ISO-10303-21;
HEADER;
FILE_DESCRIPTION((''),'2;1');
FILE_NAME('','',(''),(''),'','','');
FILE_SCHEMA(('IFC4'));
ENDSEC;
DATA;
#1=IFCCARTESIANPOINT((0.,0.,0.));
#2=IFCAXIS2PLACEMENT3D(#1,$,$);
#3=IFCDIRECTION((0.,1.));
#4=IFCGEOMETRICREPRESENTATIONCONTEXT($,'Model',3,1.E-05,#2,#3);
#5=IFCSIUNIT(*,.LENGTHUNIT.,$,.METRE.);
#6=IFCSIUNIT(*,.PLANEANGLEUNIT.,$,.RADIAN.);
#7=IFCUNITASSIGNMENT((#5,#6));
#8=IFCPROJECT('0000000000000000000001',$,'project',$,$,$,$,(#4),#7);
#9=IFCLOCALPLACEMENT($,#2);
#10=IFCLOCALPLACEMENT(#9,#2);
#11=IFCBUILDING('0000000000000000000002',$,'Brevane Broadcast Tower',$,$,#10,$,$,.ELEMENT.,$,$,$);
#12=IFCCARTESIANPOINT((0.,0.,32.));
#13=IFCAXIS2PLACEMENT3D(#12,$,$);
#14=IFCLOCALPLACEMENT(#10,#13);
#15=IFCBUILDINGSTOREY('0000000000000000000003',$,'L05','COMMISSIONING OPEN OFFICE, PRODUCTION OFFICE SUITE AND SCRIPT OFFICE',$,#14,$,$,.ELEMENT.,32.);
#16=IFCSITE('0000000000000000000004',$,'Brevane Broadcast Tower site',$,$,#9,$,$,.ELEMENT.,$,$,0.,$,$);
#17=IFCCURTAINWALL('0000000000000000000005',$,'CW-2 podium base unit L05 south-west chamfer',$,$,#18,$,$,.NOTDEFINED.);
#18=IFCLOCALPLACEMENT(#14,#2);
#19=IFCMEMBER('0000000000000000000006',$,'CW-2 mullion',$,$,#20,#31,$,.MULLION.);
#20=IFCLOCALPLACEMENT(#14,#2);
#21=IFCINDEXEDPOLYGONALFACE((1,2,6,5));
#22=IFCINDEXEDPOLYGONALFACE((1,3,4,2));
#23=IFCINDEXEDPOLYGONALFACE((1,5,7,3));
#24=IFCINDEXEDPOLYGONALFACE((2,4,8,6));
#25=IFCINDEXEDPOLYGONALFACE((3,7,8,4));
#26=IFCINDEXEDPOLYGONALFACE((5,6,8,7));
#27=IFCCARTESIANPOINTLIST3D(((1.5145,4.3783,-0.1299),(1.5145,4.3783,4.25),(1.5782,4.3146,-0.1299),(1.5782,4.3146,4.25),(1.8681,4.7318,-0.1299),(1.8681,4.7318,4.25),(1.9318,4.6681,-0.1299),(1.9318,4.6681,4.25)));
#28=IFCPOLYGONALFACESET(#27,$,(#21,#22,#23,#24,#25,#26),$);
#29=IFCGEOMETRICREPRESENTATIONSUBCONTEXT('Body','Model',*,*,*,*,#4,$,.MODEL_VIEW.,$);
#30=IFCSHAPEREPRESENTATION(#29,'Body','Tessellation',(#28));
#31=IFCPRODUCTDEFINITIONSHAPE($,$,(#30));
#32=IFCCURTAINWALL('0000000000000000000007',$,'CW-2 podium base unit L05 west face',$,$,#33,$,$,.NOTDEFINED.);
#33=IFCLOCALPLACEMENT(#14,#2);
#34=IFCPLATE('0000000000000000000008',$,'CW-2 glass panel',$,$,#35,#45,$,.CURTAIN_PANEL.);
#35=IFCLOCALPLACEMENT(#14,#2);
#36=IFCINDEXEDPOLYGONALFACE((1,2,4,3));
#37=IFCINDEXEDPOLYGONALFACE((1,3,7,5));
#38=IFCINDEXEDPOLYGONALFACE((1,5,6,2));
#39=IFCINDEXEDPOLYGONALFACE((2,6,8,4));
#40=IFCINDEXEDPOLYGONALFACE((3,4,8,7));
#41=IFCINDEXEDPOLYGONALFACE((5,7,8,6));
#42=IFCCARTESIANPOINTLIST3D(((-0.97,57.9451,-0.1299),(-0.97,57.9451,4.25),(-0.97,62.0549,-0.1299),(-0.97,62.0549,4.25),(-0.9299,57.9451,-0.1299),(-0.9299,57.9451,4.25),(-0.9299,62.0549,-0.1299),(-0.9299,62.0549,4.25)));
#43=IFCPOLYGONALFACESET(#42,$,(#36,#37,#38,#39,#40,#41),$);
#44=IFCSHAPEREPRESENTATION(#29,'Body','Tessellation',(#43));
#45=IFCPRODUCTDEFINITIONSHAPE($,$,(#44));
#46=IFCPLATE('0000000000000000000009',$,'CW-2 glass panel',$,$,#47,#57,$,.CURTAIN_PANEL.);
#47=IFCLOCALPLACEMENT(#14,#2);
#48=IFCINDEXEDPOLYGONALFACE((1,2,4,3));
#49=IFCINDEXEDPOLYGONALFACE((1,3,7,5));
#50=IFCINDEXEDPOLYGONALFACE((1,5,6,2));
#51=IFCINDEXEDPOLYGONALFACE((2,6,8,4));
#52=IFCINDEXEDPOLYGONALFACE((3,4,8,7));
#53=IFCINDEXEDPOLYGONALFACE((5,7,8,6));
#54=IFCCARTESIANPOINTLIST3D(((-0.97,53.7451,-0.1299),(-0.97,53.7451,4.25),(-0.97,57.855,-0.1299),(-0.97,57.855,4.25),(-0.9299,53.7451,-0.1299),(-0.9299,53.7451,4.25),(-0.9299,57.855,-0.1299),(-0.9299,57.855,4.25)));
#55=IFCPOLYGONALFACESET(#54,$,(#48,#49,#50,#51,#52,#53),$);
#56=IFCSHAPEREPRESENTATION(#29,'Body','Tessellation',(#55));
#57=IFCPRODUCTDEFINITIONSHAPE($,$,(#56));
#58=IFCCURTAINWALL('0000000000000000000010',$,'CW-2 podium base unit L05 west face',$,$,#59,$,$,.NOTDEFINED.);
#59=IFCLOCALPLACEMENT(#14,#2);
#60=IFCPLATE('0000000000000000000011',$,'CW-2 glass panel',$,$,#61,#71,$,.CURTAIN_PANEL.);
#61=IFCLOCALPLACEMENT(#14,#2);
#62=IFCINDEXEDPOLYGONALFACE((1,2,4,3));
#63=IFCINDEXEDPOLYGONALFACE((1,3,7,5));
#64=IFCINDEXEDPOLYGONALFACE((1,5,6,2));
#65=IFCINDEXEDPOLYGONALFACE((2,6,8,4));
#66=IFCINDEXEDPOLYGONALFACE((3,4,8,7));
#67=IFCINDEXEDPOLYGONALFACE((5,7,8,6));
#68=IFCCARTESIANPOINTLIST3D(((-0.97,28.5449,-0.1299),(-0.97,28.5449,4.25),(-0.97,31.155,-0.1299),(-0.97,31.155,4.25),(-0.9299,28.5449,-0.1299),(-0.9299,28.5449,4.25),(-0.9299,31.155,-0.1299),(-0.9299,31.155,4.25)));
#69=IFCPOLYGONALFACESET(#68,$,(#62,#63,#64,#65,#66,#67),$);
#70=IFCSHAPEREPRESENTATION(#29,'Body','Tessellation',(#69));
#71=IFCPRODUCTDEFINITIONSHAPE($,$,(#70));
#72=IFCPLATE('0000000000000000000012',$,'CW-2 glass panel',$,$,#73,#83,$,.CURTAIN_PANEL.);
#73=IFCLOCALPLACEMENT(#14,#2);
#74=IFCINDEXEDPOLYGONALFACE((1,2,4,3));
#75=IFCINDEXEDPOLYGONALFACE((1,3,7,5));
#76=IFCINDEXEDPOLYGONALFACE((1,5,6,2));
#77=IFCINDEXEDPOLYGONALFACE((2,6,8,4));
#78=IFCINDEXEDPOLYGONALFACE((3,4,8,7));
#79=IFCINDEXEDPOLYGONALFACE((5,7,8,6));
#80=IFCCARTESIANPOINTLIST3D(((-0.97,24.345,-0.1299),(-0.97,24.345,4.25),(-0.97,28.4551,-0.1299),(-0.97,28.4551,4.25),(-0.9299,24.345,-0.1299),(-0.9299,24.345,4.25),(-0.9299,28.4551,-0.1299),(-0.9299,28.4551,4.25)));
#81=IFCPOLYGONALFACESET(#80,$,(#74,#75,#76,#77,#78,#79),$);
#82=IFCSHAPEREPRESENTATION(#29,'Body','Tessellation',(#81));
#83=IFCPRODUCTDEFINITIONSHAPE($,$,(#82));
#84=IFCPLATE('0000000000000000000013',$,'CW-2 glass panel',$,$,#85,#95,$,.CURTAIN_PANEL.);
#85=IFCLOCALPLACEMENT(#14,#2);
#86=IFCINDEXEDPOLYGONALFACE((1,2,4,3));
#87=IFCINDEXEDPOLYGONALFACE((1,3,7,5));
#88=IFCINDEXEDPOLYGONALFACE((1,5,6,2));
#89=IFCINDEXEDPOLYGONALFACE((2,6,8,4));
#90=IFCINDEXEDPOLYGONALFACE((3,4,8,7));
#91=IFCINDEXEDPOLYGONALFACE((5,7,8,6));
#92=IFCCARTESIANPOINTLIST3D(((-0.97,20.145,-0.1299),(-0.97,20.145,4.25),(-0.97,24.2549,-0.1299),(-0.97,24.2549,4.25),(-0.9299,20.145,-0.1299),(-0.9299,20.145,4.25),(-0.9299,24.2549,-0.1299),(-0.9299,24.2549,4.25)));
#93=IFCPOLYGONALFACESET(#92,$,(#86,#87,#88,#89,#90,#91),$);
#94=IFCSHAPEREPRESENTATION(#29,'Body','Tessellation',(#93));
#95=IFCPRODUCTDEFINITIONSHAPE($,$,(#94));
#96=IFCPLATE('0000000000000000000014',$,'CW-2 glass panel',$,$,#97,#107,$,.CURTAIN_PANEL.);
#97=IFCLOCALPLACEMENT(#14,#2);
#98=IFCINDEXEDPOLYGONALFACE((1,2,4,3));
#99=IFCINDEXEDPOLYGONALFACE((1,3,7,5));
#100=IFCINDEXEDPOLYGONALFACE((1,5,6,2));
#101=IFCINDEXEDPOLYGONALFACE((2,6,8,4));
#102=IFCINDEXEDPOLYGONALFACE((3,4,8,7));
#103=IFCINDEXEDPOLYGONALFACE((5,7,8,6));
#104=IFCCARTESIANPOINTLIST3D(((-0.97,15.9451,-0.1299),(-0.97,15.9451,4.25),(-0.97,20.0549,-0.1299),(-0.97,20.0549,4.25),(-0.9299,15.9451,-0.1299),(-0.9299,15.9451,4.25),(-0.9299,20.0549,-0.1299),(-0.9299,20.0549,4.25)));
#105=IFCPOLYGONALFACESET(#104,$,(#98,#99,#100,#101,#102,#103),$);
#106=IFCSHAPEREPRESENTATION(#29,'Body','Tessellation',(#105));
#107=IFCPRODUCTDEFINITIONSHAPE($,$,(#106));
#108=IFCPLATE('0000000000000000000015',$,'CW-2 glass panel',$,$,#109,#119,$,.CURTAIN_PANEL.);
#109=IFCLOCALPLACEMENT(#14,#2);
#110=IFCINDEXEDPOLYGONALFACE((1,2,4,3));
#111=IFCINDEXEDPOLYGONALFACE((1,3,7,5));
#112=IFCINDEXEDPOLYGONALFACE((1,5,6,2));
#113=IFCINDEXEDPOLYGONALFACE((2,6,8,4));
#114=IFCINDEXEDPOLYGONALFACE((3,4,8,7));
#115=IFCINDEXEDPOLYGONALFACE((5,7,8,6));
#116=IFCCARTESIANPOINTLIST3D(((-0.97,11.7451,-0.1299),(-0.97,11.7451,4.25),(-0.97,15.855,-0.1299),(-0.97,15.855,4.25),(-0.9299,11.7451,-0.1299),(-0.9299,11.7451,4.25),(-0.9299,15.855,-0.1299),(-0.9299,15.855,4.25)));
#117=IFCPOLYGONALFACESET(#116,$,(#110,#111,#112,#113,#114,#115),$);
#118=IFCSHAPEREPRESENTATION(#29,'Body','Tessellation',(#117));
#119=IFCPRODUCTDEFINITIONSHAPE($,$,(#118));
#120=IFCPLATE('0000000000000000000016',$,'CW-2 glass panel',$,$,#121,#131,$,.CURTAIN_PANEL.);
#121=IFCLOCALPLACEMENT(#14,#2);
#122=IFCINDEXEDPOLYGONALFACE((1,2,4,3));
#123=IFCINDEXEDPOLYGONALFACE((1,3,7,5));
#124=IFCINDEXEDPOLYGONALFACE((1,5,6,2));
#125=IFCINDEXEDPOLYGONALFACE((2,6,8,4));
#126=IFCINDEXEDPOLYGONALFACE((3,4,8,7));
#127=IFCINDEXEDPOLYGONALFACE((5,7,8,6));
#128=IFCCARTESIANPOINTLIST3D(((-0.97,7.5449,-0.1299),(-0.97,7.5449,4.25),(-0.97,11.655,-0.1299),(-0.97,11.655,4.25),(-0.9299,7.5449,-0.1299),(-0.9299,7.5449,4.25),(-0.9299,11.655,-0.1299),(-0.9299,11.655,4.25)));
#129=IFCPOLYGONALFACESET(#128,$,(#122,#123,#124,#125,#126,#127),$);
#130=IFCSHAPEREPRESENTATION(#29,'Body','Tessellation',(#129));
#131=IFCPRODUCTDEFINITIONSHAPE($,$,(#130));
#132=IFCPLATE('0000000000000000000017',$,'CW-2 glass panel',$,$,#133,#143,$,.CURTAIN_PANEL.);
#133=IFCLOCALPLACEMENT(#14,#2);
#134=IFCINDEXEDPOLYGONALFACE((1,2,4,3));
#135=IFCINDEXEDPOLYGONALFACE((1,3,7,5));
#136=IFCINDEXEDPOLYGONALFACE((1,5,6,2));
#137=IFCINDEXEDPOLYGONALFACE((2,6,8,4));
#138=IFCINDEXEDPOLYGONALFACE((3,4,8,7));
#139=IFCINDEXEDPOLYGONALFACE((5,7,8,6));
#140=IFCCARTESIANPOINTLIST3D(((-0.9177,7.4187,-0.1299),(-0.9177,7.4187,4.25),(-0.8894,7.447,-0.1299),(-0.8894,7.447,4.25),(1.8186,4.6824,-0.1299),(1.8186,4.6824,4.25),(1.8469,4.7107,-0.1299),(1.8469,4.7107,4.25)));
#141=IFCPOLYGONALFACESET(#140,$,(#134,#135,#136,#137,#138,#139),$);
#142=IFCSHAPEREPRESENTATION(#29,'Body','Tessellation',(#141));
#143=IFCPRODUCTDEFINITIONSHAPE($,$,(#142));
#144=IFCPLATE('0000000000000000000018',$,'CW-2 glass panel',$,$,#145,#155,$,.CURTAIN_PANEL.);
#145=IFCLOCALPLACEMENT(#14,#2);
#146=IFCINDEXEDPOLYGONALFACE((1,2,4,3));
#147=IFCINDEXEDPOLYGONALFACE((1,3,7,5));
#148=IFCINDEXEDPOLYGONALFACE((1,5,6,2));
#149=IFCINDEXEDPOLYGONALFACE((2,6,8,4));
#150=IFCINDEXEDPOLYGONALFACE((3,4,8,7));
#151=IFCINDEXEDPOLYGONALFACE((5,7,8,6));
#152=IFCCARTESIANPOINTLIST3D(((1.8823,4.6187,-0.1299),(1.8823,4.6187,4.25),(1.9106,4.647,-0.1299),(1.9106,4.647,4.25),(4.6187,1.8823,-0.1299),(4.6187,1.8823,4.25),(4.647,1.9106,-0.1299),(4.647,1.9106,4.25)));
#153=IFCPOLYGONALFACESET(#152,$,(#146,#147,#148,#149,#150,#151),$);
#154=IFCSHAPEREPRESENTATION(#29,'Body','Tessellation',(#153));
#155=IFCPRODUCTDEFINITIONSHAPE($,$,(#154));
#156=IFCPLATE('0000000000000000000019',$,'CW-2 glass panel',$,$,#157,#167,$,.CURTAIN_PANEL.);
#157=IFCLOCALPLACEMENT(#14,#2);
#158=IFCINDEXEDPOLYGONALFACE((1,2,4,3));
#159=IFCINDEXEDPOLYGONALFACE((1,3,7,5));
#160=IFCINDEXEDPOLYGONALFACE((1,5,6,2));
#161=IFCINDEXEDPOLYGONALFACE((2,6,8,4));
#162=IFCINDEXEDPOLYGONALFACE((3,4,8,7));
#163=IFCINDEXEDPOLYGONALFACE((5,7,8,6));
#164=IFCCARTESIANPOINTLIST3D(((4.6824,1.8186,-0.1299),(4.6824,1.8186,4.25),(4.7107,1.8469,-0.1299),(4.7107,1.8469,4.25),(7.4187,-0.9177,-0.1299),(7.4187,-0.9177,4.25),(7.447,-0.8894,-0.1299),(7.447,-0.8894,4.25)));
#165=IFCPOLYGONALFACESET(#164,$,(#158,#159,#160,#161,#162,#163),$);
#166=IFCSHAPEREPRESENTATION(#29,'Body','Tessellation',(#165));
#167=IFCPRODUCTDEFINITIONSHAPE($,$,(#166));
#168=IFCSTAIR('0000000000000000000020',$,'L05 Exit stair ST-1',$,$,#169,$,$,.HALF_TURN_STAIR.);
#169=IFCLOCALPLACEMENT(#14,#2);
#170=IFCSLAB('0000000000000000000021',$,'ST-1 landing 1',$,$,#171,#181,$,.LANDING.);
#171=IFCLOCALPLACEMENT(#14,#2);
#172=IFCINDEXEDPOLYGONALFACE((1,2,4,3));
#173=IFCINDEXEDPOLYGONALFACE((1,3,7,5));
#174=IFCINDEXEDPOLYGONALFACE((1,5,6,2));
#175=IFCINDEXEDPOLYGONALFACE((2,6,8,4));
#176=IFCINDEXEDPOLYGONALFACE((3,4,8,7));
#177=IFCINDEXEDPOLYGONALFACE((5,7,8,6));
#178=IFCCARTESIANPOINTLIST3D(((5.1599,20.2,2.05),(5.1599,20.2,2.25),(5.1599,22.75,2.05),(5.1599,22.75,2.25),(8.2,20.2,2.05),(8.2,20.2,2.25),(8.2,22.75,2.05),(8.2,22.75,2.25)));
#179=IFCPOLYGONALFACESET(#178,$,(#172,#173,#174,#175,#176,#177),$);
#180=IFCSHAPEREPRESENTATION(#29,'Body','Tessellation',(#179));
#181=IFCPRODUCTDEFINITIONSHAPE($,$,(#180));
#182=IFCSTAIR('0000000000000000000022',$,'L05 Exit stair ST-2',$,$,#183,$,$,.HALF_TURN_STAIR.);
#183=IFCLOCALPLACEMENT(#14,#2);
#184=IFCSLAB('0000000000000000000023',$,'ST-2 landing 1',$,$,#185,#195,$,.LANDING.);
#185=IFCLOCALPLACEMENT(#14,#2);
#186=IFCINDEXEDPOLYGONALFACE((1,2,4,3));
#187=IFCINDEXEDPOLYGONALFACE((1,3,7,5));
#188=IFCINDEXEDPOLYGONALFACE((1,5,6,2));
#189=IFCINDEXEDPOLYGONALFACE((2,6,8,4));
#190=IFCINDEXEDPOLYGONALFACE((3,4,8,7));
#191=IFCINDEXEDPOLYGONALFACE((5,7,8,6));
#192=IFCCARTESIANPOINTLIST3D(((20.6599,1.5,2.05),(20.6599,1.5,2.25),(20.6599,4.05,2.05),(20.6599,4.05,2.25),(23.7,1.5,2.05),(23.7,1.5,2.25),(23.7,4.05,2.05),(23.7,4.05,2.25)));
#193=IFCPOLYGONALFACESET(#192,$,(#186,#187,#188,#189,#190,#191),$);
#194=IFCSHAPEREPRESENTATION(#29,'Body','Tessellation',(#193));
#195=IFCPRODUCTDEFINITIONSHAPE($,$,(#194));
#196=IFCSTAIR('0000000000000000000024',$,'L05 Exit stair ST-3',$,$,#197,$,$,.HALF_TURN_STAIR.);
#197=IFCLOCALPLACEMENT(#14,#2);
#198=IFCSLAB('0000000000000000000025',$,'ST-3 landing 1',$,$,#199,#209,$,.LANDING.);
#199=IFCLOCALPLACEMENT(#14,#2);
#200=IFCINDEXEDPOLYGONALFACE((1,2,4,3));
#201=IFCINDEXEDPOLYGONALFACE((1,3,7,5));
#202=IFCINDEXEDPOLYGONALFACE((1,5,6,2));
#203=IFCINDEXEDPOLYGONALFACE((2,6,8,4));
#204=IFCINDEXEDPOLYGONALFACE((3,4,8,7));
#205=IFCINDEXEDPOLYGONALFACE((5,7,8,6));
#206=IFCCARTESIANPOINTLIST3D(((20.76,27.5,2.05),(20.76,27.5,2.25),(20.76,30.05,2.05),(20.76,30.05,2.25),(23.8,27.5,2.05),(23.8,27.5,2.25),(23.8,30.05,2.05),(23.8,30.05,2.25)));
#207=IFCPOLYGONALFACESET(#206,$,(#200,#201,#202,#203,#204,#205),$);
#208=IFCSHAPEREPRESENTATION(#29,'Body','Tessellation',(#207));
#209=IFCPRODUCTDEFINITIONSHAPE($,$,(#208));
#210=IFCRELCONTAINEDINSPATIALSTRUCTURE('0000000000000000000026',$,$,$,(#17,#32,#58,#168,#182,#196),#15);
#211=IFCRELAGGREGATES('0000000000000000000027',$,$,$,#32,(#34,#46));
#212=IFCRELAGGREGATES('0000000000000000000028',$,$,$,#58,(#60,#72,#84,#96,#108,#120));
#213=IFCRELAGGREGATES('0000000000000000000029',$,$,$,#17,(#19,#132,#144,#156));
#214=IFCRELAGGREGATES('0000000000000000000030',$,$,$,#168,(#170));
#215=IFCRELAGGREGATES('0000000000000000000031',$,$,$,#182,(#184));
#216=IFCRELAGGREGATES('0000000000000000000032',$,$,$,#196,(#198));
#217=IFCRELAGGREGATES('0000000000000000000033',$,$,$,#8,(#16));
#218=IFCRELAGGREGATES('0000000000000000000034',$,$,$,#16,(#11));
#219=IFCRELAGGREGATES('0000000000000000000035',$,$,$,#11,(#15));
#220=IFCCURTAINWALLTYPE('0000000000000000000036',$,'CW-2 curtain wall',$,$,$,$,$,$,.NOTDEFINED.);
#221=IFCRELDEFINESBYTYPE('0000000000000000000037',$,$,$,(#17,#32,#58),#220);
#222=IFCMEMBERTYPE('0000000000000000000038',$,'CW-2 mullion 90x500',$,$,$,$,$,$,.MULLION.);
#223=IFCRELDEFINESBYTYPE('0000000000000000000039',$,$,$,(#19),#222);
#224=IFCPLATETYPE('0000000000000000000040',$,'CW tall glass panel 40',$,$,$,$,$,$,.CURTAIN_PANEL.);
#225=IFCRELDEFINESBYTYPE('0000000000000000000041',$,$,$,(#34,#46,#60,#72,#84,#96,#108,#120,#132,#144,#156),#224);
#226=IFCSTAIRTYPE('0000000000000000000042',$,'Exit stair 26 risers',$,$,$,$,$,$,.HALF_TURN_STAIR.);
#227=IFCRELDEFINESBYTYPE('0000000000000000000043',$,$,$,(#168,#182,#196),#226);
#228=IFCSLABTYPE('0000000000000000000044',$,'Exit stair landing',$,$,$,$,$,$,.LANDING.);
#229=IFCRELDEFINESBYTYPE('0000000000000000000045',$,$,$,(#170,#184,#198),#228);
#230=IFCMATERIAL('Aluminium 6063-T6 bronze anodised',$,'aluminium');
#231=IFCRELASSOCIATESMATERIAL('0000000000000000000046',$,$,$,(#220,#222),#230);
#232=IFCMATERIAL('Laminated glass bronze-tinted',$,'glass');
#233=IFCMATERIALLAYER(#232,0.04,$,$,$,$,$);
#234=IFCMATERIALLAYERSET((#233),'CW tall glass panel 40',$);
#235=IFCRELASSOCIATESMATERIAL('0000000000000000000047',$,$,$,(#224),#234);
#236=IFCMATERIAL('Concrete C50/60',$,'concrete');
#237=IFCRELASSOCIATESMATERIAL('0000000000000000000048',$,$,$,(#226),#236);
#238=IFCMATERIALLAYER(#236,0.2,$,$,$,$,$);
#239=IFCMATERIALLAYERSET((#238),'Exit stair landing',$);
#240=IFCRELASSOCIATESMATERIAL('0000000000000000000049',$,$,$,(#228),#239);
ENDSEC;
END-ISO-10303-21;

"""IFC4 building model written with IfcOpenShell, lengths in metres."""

from ifc_helpers import new_model, si_unit, direction, frame, origin, origin_2d, place, context, subcontext, project, spatial, polyline, rectangle, outline, extrude, material, layer, layer_set, material_profile, profile_set, type_object, element, aggregate, save


model = new_model("IFC4")

# Units and contexts
model_context = context("Model", 3, precision=1e-05, world=origin(), true_north=direction((0.0, 1.0)))
body_context = subcontext(model_context, "Body", "Model", "MODEL_VIEW")
ifc_project = project(units=[si_unit("LENGTHUNIT", "METRE"), si_unit("PLANEANGLEUNIT", "RADIAN")], contexts=[model_context])

# Site, building, storey
site_placement = place(None, origin())
site = spatial("IfcSite", under=ifc_project, at=site_placement, Name="Brevane Broadcast Tower site", CompositionType="ELEMENT", RefElevation=0.0)
building_placement = place(site_placement, origin())
building = spatial("IfcBuilding", under=site, at=building_placement, Name="Brevane Broadcast Tower", CompositionType="ELEMENT")
storey_placement = place(building_placement, frame((0.0, 0.0, 32.0)))
storey = spatial("IfcBuildingStorey", under=building, at=storey_placement, Name="L05", Description="COMMISSIONING OPEN OFFICE, PRODUCTION OFFICE SUITE AND SCRIPT OFFICE", CompositionType="ELEMENT", Elevation=32.0)

# Curtain wall, member
ifc_material_1 = material(Name="Aluminium 6063-T6 bronze anodised", Category="aluminium")
curtain_wall_type = type_object("IfcCurtainWallType", Name="CW-2 curtain wall", PredefinedType="NOTDEFINED", material=ifc_material_1)
curtain_wall_1_placement = place(storey_placement, origin())
curtain_wall_1 = element("IfcCurtainWall", 1, at=curtain_wall_1_placement, inside=storey, type_object=curtain_wall_type, Name="CW-2 podium base unit L05 south-west chamfer", PredefinedType="NOTDEFINED")
ifc_material_profile = material_profile(ifc_material_1, rectangle(XDim=0.5, YDim=0.0901, at=origin_2d()), Name="RECT 90x500")
ifc_profile_set = profile_set([ifc_material_profile], Name="Aluminium 6063-T6 bronze anodised")
member_type = type_object("IfcMemberType", Name="CW-2 mullion 90x500", PredefinedType="MULLION", material=ifc_profile_set)
member_placement = place(storey_placement, frame((1.7231, 4.5232, -0.1299), z_axis=(0.0, 0.0, 1.0), x_axis=(0.707107, 0.707107, 0.0)))
member = element("IfcMember", 2, at=member_placement, type_object=member_type, Name="CW-2 mullion", PredefinedType="MULLION", context=body_context, shape_type="SweptSolid", body=[
    extrude(rectangle(XDim=0.5, YDim=0.0901, at=origin_2d()), origin(), (0.0, 0.0, 1.0), 4.3799),
])

# Curtain walls, plates
curtain_wall_2_placement = place(storey_placement, origin())
curtain_wall_2 = element("IfcCurtainWall", 3, at=curtain_wall_2_placement, inside=storey, type_object=curtain_wall_type, Name="CW-2 podium base unit L05 west face", PredefinedType="NOTDEFINED")
ifc_material_2 = material(Name="Laminated glass bronze-tinted", Category="glass")
ifc_layer_1 = layer(ifc_material_2, 0.04)
ifc_layer_set_1 = layer_set([ifc_layer_1], Name="CW tall glass panel 40")
plate_type = type_object("IfcPlateType", Name="CW tall glass panel 40", PredefinedType="CURTAIN_PANEL", material=ifc_layer_set_1)
plate_1_placement = place(storey_placement, frame((0.0, 0.0, -0.1299)))
plate_1 = element("IfcPlate", 4, at=plate_1_placement, type_object=plate_type, Name="CW-2 glass panel", PredefinedType="CURTAIN_PANEL", context=body_context, shape_type="SweptSolid", body=[
    extrude(outline(polyline([(-0.97, 57.9451), (-0.9299, 57.9451), (-0.9299, 62.0549), (-0.97, 62.0549), (-0.97, 57.9451)])), origin(), (0.0, 0.0, 1.0), 4.3799),
])
plate_2_placement = place(storey_placement, frame((0.0, 0.0, -0.1299)))
plate_2 = element("IfcPlate", 5, at=plate_2_placement, type_object=plate_type, Name="CW-2 glass panel", PredefinedType="CURTAIN_PANEL", context=body_context, shape_type="SweptSolid", body=[
    extrude(outline(polyline([(-0.97, 53.7451), (-0.9299, 53.7451), (-0.9299, 57.855), (-0.97, 57.855), (-0.97, 53.7451)])), origin(), (0.0, 0.0, 1.0), 4.3799),
])
aggregate(curtain_wall_2, [plate_1, plate_2])
curtain_wall_3_placement = place(storey_placement, origin())
curtain_wall_3 = element("IfcCurtainWall", 6, at=curtain_wall_3_placement, inside=storey, type_object=curtain_wall_type, Name="CW-2 podium base unit L05 west face", PredefinedType="NOTDEFINED")
plate_3_placement = place(storey_placement, frame((0.0, 0.0, -0.1299)))
plate_3 = element("IfcPlate", 7, at=plate_3_placement, type_object=plate_type, Name="CW-2 glass panel", PredefinedType="CURTAIN_PANEL", context=body_context, shape_type="SweptSolid", body=[
    extrude(outline(polyline([(-0.97, 28.5449), (-0.9299, 28.5449), (-0.9299, 31.155), (-0.97, 31.155), (-0.97, 28.5449)])), origin(), (0.0, 0.0, 1.0), 4.3799),
])
plate_4_placement = place(storey_placement, frame((0.0, 0.0, -0.1299)))
plate_4 = element("IfcPlate", 8, at=plate_4_placement, type_object=plate_type, Name="CW-2 glass panel", PredefinedType="CURTAIN_PANEL", context=body_context, shape_type="SweptSolid", body=[
    extrude(outline(polyline([(-0.97, 24.345), (-0.9299, 24.345), (-0.9299, 28.4551), (-0.97, 28.4551), (-0.97, 24.345)])), origin(), (0.0, 0.0, 1.0), 4.3799),
])
plate_5_placement = place(storey_placement, frame((0.0, 0.0, -0.1299)))
plate_5 = element("IfcPlate", 9, at=plate_5_placement, type_object=plate_type, Name="CW-2 glass panel", PredefinedType="CURTAIN_PANEL", context=body_context, shape_type="SweptSolid", body=[
    extrude(outline(polyline([(-0.97, 20.145), (-0.9299, 20.145), (-0.9299, 24.2549), (-0.97, 24.2549), (-0.97, 20.145)])), origin(), (0.0, 0.0, 1.0), 4.3799),
])
plate_6_placement = place(storey_placement, frame((0.0, 0.0, -0.1299)))
plate_6 = element("IfcPlate", 10, at=plate_6_placement, type_object=plate_type, Name="CW-2 glass panel", PredefinedType="CURTAIN_PANEL", context=body_context, shape_type="SweptSolid", body=[
    extrude(outline(polyline([(-0.97, 15.9451), (-0.9299, 15.9451), (-0.9299, 20.0549), (-0.97, 20.0549), (-0.97, 15.9451)])), origin(), (0.0, 0.0, 1.0), 4.3799),
])
plate_7_placement = place(storey_placement, frame((0.0, 0.0, -0.1299)))
plate_7 = element("IfcPlate", 11, at=plate_7_placement, type_object=plate_type, Name="CW-2 glass panel", PredefinedType="CURTAIN_PANEL", context=body_context, shape_type="SweptSolid", body=[
    extrude(outline(polyline([(-0.97, 11.7451), (-0.9299, 11.7451), (-0.9299, 15.855), (-0.97, 15.855), (-0.97, 11.7451)])), origin(), (0.0, 0.0, 1.0), 4.3799),
])
plate_8_placement = place(storey_placement, frame((0.0, 0.0, -0.1299)))
plate_8 = element("IfcPlate", 12, at=plate_8_placement, type_object=plate_type, Name="CW-2 glass panel", PredefinedType="CURTAIN_PANEL", context=body_context, shape_type="SweptSolid", body=[
    extrude(outline(polyline([(-0.97, 7.5449), (-0.9299, 7.5449), (-0.9299, 11.655), (-0.97, 11.655), (-0.97, 7.5449)])), origin(), (0.0, 0.0, 1.0), 4.3799),
])
aggregate(curtain_wall_3, [plate_3, plate_4, plate_5, plate_6, plate_7, plate_8])

# Plates
plate_9_placement = place(storey_placement, frame((0.0, 0.0, -0.1299)))
plate_9 = element("IfcPlate", 13, at=plate_9_placement, type_object=plate_type, Name="CW-2 glass panel", PredefinedType="CURTAIN_PANEL", context=body_context, shape_type="SweptSolid", body=[
    extrude(outline(polyline([(-0.8894, 7.447), (1.8469, 4.7107), (1.8186, 4.6824), (-0.9177, 7.4187), (-0.8894, 7.447)])), origin(), (0.0, 0.0, 1.0), 4.3799),
])
plate_10_placement = place(storey_placement, frame((0.0, 0.0, -0.1299)))
plate_10 = element("IfcPlate", 14, at=plate_10_placement, type_object=plate_type, Name="CW-2 glass panel", PredefinedType="CURTAIN_PANEL", context=body_context, shape_type="SweptSolid", body=[
    extrude(outline(polyline([(1.9106, 4.647), (4.647, 1.9106), (4.6187, 1.8823), (1.8823, 4.6187), (1.9106, 4.647)])), origin(), (0.0, 0.0, 1.0), 4.3799),
])
plate_11_placement = place(storey_placement, frame((0.0, 0.0, -0.1299)))
plate_11 = element("IfcPlate", 15, at=plate_11_placement, type_object=plate_type, Name="CW-2 glass panel", PredefinedType="CURTAIN_PANEL", context=body_context, shape_type="SweptSolid", body=[
    extrude(outline(polyline([(4.7107, 1.8469), (7.447, -0.8894), (7.4187, -0.9177), (4.6824, 1.8186), (4.7107, 1.8469)])), origin(), (0.0, 0.0, 1.0), 4.3799),
])
aggregate(curtain_wall_1, [member, plate_9, plate_10, plate_11])

# Stairs, slabs
ifc_material_3 = material(Name="Concrete C50/60", Category="concrete")
stair_type = type_object("IfcStairType", Name="Exit stair 26 risers", PredefinedType="HALF_TURN_STAIR", material=ifc_material_3)
stair_1_placement = place(storey_placement, origin())
stair_1 = element("IfcStair", 16, at=stair_1_placement, inside=storey, type_object=stair_type, Name="L05 Exit stair ST-1", PredefinedType="HALF_TURN_STAIR")
ifc_layer_2 = layer(ifc_material_3, 0.2)
ifc_layer_set_2 = layer_set([ifc_layer_2], Name="Exit stair landing")
slab_type_1 = type_object("IfcSlabType", Name="Exit stair landing", PredefinedType="LANDING", material=ifc_layer_set_2)
slab_1_placement = place(storey_placement, frame((0.0, 0.0, 2.05)))
slab_1 = element("IfcSlab", 17, at=slab_1_placement, type_object=slab_type_1, Name="ST-1 landing 1", PredefinedType="LANDING", context=body_context, shape_type="SweptSolid", body=[
    extrude(outline(polyline([(5.1599, 20.2), (8.2, 20.2), (8.2, 22.75), (5.1599, 22.75), (5.1599, 20.2)])), origin(), (0.0, 0.0, 1.0), 0.2),
])
aggregate(stair_1, [slab_1])
stair_2_placement = place(storey_placement, origin())
stair_2 = element("IfcStair", 18, at=stair_2_placement, inside=storey, type_object=stair_type, Name="L05 Exit stair ST-2", PredefinedType="HALF_TURN_STAIR")
slab_2_placement = place(storey_placement, frame((0.0, 0.0, 2.05)))
slab_2 = element("IfcSlab", 19, at=slab_2_placement, type_object=slab_type_1, Name="ST-2 landing 1", PredefinedType="LANDING", context=body_context, shape_type="SweptSolid", body=[
    extrude(outline(polyline([(20.6599, 1.5), (23.7, 1.5), (23.7, 4.05), (20.6599, 4.05), (20.6599, 1.5)])), origin(), (0.0, 0.0, 1.0), 0.2),
])
aggregate(stair_2, [slab_2])
stair_3_placement = place(storey_placement, origin())
stair_3 = element("IfcStair", 20, at=stair_3_placement, inside=storey, type_object=stair_type, Name="L05 Exit stair ST-3", PredefinedType="HALF_TURN_STAIR")
slab_3_placement = place(storey_placement, frame((0.0, 0.0, 2.05)))
slab_3 = element("IfcSlab", 21, at=slab_3_placement, type_object=slab_type_1, Name="ST-3 landing 1", PredefinedType="LANDING", context=body_context, shape_type="SweptSolid", body=[
    extrude(outline(polyline([(20.76, 27.5), (23.8, 27.5), (23.8, 30.05), (20.76, 30.05), (20.76, 27.5)])), origin(), (0.0, 0.0, 1.0), 0.2),
])
aggregate(stair_3, [slab_3])

save(model, "model.ifc")
